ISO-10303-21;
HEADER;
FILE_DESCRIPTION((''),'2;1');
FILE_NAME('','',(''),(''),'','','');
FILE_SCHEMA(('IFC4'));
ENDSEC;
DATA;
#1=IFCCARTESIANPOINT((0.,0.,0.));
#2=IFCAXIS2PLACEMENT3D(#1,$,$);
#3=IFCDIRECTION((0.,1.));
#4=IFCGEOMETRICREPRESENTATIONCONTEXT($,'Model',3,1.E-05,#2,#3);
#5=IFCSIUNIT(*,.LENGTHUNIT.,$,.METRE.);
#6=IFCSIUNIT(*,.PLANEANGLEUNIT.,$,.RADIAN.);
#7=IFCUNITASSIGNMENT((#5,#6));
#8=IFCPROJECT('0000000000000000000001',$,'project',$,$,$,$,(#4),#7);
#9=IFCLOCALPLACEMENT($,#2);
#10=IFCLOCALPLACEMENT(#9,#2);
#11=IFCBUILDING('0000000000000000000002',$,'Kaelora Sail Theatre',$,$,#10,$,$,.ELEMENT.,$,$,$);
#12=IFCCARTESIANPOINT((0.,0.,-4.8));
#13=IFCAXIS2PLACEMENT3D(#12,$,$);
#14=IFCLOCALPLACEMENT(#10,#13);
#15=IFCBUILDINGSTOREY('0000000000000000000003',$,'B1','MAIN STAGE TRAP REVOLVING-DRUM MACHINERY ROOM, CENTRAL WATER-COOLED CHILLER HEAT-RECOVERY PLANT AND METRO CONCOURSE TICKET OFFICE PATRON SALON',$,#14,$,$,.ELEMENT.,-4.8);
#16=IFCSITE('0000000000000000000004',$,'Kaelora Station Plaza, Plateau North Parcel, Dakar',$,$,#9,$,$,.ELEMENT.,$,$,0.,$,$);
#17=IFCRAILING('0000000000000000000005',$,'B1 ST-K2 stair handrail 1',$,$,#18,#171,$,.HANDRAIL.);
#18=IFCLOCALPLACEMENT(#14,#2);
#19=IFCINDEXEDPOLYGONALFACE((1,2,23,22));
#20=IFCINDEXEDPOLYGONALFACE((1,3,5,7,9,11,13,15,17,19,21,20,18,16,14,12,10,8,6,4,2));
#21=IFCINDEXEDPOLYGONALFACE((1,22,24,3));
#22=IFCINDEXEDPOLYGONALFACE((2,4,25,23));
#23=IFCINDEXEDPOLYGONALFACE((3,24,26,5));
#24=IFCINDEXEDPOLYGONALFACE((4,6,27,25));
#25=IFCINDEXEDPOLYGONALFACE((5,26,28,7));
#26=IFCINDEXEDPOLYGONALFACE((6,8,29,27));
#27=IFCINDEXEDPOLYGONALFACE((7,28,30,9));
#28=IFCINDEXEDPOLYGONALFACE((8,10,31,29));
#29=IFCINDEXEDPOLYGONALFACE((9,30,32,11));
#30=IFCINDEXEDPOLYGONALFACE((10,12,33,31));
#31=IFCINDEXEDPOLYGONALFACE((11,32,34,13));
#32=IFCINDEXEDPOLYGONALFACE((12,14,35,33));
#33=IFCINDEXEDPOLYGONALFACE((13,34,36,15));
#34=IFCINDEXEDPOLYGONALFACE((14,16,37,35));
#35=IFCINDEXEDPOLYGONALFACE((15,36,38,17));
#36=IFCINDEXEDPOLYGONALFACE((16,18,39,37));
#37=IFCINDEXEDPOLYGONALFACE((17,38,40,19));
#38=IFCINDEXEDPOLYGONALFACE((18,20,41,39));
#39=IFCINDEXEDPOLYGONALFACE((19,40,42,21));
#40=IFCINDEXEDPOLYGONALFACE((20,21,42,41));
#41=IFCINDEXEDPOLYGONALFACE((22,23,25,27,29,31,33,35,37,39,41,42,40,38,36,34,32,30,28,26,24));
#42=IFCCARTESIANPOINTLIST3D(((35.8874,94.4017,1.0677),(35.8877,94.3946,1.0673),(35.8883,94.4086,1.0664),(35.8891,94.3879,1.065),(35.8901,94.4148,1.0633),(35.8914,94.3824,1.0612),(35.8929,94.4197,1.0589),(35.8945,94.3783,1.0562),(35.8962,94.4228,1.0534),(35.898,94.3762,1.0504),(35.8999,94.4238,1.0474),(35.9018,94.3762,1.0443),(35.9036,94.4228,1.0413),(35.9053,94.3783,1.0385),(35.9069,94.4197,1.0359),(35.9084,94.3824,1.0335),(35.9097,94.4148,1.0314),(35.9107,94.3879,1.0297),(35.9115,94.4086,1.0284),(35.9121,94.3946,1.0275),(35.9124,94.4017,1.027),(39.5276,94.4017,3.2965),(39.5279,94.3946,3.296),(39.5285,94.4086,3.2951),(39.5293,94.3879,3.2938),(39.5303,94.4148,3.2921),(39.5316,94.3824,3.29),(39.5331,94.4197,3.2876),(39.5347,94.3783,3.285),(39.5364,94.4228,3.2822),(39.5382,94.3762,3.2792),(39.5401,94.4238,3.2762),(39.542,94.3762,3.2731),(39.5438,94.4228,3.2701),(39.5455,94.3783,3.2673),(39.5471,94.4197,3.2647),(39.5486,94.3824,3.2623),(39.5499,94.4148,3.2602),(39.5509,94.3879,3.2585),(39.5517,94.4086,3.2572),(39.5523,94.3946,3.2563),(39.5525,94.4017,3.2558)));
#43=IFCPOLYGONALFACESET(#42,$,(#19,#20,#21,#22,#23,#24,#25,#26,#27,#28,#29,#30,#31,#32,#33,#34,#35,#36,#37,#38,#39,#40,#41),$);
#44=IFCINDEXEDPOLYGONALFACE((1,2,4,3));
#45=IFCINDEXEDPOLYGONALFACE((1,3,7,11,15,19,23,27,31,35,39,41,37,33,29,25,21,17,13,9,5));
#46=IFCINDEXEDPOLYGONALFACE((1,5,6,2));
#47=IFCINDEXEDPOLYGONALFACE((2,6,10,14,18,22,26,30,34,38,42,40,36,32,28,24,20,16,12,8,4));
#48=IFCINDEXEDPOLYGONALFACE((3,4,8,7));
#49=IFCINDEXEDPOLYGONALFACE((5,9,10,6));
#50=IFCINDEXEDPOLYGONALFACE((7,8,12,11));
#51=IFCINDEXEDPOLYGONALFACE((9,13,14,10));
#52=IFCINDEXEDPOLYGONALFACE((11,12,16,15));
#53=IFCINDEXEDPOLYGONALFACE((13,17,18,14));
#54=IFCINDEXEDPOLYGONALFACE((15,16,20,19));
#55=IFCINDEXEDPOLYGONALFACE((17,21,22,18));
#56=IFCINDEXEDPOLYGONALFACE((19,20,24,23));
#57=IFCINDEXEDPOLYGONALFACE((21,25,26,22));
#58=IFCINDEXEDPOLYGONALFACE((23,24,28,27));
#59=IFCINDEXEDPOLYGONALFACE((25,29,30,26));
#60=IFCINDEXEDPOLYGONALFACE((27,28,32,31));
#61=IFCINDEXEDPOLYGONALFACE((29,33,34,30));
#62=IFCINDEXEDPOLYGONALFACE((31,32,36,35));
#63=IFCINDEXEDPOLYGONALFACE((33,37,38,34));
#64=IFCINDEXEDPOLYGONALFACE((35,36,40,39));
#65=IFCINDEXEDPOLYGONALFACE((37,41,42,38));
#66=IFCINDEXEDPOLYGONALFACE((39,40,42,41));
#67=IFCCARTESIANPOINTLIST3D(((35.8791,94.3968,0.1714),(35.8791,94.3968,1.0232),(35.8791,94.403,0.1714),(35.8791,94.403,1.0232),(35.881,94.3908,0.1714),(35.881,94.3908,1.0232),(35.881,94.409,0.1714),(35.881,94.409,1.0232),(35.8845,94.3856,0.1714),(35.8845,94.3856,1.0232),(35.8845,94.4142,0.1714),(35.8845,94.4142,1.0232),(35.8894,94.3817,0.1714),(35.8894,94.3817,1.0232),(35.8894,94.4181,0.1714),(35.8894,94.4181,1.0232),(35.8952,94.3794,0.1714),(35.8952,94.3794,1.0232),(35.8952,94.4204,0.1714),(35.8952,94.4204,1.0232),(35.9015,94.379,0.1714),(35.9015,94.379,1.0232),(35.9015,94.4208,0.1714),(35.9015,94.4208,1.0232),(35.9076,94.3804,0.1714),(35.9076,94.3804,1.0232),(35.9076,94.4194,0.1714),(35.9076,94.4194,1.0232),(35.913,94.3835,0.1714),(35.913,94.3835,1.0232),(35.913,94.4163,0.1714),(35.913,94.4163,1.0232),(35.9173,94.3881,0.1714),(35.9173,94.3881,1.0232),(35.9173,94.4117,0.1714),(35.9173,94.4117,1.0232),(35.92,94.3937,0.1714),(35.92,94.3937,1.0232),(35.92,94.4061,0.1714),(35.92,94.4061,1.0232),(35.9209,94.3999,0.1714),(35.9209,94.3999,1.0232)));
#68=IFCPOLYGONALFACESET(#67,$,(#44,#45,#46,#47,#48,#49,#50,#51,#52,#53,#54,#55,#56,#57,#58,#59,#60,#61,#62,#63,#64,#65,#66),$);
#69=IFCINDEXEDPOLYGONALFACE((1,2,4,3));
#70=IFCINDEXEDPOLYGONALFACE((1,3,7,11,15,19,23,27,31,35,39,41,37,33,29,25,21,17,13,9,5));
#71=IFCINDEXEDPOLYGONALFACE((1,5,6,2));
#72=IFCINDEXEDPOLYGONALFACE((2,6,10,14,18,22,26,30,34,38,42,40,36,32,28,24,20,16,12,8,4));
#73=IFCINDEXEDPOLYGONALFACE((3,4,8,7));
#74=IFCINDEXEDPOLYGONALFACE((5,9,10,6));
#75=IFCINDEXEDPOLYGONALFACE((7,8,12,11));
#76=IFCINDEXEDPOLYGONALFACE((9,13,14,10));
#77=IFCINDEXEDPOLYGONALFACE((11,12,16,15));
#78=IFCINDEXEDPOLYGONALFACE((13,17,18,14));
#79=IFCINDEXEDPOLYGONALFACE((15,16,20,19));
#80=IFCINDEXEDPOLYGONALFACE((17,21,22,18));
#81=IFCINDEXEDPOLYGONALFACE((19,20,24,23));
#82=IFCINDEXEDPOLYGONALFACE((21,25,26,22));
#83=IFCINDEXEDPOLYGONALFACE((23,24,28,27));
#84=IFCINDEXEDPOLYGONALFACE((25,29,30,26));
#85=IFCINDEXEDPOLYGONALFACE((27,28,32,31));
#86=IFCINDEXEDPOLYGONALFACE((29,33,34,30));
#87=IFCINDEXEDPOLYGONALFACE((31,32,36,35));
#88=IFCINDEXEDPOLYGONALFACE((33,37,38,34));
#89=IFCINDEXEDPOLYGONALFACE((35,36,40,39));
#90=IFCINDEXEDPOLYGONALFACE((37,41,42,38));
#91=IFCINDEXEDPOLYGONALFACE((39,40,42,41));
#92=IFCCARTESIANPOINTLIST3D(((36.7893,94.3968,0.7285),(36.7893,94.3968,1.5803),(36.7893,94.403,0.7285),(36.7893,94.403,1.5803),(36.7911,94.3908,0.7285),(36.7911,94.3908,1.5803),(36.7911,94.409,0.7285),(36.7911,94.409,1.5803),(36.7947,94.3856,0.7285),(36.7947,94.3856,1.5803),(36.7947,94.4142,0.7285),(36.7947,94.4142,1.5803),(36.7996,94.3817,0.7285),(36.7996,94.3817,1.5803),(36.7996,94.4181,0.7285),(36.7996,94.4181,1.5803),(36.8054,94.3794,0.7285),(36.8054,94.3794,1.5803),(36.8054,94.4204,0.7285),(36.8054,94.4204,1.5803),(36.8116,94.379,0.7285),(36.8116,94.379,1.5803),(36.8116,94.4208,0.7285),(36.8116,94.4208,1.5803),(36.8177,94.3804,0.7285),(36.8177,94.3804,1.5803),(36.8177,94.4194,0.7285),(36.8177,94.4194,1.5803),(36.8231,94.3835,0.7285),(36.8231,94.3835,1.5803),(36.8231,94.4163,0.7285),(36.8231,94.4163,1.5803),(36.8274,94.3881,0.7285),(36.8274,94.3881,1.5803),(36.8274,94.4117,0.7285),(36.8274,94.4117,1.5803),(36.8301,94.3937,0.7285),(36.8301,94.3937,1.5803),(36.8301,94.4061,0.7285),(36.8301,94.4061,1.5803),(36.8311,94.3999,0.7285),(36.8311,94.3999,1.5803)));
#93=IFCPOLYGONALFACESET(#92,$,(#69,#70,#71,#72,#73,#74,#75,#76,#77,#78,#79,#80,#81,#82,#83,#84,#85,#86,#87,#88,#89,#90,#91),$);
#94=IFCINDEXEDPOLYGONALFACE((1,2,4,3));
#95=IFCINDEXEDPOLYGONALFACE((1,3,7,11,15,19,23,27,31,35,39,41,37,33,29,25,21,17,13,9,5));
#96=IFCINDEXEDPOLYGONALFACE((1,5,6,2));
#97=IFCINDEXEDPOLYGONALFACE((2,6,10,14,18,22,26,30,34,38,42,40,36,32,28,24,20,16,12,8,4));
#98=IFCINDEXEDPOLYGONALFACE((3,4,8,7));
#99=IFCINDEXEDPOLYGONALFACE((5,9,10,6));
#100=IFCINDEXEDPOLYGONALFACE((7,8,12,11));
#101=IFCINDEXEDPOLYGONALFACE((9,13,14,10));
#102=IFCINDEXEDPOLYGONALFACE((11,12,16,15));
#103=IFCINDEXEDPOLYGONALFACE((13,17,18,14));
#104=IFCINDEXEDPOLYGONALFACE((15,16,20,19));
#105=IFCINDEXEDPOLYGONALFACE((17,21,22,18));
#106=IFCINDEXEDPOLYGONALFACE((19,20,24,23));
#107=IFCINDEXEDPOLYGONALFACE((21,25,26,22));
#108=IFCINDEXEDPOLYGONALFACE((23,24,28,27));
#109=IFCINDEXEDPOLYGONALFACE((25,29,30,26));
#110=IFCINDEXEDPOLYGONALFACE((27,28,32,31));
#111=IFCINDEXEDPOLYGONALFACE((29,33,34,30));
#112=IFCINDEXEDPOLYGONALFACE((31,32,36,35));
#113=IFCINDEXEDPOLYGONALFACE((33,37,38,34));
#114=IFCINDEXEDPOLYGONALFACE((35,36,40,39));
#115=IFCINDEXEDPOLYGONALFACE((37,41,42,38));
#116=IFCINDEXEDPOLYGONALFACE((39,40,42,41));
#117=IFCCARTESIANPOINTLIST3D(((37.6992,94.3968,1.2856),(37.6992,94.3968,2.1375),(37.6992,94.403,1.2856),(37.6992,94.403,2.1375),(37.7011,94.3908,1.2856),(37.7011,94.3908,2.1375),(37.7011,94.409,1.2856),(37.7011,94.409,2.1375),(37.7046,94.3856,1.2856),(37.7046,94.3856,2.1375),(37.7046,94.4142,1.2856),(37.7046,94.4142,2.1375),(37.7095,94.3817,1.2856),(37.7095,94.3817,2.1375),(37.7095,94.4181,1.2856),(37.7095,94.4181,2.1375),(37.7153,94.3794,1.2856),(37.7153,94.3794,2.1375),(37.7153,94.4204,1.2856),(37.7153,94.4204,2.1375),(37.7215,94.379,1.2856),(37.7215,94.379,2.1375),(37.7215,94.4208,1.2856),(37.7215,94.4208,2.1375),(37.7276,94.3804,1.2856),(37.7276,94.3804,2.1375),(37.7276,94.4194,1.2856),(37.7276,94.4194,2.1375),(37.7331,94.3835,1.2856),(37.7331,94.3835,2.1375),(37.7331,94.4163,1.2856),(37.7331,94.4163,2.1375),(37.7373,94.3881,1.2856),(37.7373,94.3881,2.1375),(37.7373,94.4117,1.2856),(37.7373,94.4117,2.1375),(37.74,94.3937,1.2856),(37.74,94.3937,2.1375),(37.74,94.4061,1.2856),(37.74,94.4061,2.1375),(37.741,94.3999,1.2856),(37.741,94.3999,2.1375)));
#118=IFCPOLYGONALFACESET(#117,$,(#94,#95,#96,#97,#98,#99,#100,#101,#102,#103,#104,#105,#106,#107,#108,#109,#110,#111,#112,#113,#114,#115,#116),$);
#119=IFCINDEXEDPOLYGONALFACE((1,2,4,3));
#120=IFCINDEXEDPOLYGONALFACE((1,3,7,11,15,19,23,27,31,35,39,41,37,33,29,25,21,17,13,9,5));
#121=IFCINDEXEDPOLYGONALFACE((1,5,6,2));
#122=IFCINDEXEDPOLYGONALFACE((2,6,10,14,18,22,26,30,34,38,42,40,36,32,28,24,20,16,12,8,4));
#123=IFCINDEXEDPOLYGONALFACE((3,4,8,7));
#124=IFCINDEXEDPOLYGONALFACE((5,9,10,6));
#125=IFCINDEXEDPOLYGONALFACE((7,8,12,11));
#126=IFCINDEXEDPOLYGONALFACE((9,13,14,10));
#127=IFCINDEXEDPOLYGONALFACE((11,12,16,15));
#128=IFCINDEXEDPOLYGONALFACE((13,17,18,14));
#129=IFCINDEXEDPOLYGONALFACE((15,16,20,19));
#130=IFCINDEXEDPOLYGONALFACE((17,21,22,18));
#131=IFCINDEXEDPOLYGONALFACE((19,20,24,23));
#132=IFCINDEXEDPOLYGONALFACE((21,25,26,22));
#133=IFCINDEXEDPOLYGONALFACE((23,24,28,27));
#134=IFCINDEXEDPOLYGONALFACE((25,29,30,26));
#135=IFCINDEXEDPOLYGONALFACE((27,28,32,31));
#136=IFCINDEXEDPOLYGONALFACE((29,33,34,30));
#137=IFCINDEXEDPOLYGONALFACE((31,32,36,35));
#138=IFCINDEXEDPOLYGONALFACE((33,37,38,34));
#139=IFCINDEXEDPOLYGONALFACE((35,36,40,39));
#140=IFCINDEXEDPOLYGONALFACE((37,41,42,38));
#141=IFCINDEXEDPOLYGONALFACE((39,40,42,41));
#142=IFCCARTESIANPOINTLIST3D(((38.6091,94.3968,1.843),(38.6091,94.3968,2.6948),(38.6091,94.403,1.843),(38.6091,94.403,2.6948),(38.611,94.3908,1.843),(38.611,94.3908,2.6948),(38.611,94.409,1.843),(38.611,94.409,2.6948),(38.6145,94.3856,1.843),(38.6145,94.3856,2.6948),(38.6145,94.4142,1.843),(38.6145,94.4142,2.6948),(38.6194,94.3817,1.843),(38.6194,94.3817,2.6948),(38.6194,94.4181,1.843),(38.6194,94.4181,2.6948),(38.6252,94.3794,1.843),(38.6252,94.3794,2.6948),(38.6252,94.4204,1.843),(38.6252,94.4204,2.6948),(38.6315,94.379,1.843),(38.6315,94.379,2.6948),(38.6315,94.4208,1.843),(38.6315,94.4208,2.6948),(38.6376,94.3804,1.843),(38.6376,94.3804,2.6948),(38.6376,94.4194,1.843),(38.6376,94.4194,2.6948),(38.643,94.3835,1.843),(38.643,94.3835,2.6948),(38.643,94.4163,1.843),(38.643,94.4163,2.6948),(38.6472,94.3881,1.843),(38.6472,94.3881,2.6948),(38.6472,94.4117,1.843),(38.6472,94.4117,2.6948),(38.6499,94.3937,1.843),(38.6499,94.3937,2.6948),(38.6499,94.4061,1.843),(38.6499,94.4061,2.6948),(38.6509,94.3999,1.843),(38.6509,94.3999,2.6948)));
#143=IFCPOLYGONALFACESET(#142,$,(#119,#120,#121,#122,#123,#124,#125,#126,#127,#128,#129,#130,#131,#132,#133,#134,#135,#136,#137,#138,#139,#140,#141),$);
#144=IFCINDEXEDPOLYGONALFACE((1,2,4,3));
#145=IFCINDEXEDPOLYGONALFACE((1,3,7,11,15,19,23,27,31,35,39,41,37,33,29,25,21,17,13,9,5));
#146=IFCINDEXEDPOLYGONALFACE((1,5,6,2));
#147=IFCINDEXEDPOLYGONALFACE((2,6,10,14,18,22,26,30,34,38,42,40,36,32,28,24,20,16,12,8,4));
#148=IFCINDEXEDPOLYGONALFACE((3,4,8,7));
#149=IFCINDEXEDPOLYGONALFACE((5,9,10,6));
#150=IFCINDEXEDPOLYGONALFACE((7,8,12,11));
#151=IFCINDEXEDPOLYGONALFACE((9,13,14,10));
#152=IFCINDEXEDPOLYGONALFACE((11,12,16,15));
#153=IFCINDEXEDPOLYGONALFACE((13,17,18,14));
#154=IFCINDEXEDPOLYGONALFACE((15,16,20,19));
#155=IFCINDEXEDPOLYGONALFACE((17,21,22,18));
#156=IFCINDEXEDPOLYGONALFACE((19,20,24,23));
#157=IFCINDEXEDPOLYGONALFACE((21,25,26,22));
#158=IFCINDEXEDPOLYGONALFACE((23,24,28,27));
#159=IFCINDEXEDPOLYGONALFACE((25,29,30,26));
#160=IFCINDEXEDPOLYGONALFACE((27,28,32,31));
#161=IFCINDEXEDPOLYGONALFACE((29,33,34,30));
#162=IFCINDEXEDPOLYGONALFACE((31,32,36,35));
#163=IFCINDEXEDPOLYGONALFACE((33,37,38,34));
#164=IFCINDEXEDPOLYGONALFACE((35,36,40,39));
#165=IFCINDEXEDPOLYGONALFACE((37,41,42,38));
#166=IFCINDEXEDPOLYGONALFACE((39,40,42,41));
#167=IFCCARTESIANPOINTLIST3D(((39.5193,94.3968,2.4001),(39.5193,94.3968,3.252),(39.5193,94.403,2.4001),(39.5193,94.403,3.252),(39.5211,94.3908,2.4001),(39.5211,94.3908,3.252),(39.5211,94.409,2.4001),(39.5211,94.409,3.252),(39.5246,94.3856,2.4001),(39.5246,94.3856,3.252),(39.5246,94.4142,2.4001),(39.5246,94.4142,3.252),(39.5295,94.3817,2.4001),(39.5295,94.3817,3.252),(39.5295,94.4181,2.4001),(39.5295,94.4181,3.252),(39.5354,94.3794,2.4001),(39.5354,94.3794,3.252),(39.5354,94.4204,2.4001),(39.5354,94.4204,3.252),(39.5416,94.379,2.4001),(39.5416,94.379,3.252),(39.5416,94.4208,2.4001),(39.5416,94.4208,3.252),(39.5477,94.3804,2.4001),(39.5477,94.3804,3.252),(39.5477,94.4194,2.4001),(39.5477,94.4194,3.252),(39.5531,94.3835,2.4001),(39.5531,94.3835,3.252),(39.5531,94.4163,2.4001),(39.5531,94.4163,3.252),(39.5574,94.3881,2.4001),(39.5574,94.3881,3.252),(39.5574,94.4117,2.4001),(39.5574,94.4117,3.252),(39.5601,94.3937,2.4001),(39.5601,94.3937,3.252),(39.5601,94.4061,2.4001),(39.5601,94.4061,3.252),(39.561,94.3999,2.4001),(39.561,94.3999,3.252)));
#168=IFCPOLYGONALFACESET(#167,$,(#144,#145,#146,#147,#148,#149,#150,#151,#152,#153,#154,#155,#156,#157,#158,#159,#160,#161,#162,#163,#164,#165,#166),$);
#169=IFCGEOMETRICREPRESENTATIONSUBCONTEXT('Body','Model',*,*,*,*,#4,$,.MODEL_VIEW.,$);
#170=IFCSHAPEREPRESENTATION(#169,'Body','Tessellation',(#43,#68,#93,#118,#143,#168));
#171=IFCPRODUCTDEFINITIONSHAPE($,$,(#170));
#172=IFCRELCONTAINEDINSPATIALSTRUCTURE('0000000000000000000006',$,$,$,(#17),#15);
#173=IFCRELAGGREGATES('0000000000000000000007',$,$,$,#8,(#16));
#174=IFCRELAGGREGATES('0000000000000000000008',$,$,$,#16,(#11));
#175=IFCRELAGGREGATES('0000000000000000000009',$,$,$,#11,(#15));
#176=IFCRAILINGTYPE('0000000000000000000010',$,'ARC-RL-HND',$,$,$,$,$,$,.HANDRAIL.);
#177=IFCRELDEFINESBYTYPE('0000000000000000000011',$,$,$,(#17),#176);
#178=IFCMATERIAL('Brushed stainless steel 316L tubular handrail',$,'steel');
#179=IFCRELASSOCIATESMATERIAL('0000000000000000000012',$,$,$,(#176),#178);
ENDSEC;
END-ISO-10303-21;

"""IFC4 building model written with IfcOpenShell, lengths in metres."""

from ifc_helpers import new_model, si_unit, direction, frame, origin, origin_2d, place, context, subcontext, project, spatial, circle, extrude, material, type_object, element, save


model = new_model("IFC4")

# Units and contexts
model_context = context("Model", 3, precision=1e-05, world=origin(), true_north=direction((0.0, 1.0)))
body_context = subcontext(model_context, "Body", "Model", "MODEL_VIEW")
ifc_project = project(units=[si_unit("LENGTHUNIT", "METRE"), si_unit("PLANEANGLEUNIT", "RADIAN")], contexts=[model_context])

# Site, building, storey
site_placement = place(None, origin())
site = spatial("IfcSite", under=ifc_project, at=site_placement, Name="Kaelora Station Plaza, Plateau North Parcel, Dakar", CompositionType="ELEMENT", RefElevation=0.0)
building_placement = place(site_placement, origin())
building = spatial("IfcBuilding", under=site, at=building_placement, Name="Kaelora Sail Theatre", CompositionType="ELEMENT")
storey_placement = place(building_placement, frame((0.0, 0.0, -4.8)))
storey = spatial("IfcBuildingStorey", under=building, at=storey_placement, Name="B1", Description="MAIN STAGE TRAP REVOLVING-DRUM MACHINERY ROOM, CENTRAL WATER-COOLED CHILLER HEAT-RECOVERY PLANT AND METRO CONCOURSE TICKET OFFICE PATRON SALON", CompositionType="ELEMENT", Elevation=-4.8)

# Railing
ifc_material_1 = material(Name="Brushed stainless steel 316L tubular handrail", Category="steel")
railing_type_1 = type_object("IfcRailingType", Name="ARC-RL-HND", PredefinedType="HANDRAIL", material=ifc_material_1)
railing_1_placement = place(storey_placement, frame((35.8999, 94.3999, 0.1714)))
element("IfcRailing", 1, at=railing_1_placement, inside=storey, type_object=railing_type_1, Name="B1 ST-K2 stair handrail 1", PredefinedType="HANDRAIL", context=body_context, shape_type="SweptSolid", body=[
    extrude(circle(Radius=0.0239, at=origin_2d()), frame((0.0, 0.0, 0.876), z_axis=(0.85284, 0.0, 0.522172), x_axis=(0.0, 1.0, 0.0)), (0.0, 0.0, 1.0), 4.2683),
    extrude(circle(Radius=0.021, at=origin_2d()), origin(), (0.0, 0.0, 1.0), 0.8518),
    extrude(circle(Radius=0.021, at=origin_2d()), frame((0.9102, 0.0, 0.5571)), (0.0, 0.0, 1.0), 0.8518),
    extrude(circle(Radius=0.021, at=origin_2d()), frame((1.8201, 0.0, 1.1143)), (0.0, 0.0, 1.0), 0.8518),
    extrude(circle(Radius=0.021, at=origin_2d()), frame((2.73, 0.0, 1.6716)), (0.0, 0.0, 1.0), 0.8518),
    extrude(circle(Radius=0.021, at=origin_2d()), frame((3.6401, 0.0, 2.2288)), (0.0, 0.0, 1.0), 0.8518),
])

save(model, "model.ifc")
